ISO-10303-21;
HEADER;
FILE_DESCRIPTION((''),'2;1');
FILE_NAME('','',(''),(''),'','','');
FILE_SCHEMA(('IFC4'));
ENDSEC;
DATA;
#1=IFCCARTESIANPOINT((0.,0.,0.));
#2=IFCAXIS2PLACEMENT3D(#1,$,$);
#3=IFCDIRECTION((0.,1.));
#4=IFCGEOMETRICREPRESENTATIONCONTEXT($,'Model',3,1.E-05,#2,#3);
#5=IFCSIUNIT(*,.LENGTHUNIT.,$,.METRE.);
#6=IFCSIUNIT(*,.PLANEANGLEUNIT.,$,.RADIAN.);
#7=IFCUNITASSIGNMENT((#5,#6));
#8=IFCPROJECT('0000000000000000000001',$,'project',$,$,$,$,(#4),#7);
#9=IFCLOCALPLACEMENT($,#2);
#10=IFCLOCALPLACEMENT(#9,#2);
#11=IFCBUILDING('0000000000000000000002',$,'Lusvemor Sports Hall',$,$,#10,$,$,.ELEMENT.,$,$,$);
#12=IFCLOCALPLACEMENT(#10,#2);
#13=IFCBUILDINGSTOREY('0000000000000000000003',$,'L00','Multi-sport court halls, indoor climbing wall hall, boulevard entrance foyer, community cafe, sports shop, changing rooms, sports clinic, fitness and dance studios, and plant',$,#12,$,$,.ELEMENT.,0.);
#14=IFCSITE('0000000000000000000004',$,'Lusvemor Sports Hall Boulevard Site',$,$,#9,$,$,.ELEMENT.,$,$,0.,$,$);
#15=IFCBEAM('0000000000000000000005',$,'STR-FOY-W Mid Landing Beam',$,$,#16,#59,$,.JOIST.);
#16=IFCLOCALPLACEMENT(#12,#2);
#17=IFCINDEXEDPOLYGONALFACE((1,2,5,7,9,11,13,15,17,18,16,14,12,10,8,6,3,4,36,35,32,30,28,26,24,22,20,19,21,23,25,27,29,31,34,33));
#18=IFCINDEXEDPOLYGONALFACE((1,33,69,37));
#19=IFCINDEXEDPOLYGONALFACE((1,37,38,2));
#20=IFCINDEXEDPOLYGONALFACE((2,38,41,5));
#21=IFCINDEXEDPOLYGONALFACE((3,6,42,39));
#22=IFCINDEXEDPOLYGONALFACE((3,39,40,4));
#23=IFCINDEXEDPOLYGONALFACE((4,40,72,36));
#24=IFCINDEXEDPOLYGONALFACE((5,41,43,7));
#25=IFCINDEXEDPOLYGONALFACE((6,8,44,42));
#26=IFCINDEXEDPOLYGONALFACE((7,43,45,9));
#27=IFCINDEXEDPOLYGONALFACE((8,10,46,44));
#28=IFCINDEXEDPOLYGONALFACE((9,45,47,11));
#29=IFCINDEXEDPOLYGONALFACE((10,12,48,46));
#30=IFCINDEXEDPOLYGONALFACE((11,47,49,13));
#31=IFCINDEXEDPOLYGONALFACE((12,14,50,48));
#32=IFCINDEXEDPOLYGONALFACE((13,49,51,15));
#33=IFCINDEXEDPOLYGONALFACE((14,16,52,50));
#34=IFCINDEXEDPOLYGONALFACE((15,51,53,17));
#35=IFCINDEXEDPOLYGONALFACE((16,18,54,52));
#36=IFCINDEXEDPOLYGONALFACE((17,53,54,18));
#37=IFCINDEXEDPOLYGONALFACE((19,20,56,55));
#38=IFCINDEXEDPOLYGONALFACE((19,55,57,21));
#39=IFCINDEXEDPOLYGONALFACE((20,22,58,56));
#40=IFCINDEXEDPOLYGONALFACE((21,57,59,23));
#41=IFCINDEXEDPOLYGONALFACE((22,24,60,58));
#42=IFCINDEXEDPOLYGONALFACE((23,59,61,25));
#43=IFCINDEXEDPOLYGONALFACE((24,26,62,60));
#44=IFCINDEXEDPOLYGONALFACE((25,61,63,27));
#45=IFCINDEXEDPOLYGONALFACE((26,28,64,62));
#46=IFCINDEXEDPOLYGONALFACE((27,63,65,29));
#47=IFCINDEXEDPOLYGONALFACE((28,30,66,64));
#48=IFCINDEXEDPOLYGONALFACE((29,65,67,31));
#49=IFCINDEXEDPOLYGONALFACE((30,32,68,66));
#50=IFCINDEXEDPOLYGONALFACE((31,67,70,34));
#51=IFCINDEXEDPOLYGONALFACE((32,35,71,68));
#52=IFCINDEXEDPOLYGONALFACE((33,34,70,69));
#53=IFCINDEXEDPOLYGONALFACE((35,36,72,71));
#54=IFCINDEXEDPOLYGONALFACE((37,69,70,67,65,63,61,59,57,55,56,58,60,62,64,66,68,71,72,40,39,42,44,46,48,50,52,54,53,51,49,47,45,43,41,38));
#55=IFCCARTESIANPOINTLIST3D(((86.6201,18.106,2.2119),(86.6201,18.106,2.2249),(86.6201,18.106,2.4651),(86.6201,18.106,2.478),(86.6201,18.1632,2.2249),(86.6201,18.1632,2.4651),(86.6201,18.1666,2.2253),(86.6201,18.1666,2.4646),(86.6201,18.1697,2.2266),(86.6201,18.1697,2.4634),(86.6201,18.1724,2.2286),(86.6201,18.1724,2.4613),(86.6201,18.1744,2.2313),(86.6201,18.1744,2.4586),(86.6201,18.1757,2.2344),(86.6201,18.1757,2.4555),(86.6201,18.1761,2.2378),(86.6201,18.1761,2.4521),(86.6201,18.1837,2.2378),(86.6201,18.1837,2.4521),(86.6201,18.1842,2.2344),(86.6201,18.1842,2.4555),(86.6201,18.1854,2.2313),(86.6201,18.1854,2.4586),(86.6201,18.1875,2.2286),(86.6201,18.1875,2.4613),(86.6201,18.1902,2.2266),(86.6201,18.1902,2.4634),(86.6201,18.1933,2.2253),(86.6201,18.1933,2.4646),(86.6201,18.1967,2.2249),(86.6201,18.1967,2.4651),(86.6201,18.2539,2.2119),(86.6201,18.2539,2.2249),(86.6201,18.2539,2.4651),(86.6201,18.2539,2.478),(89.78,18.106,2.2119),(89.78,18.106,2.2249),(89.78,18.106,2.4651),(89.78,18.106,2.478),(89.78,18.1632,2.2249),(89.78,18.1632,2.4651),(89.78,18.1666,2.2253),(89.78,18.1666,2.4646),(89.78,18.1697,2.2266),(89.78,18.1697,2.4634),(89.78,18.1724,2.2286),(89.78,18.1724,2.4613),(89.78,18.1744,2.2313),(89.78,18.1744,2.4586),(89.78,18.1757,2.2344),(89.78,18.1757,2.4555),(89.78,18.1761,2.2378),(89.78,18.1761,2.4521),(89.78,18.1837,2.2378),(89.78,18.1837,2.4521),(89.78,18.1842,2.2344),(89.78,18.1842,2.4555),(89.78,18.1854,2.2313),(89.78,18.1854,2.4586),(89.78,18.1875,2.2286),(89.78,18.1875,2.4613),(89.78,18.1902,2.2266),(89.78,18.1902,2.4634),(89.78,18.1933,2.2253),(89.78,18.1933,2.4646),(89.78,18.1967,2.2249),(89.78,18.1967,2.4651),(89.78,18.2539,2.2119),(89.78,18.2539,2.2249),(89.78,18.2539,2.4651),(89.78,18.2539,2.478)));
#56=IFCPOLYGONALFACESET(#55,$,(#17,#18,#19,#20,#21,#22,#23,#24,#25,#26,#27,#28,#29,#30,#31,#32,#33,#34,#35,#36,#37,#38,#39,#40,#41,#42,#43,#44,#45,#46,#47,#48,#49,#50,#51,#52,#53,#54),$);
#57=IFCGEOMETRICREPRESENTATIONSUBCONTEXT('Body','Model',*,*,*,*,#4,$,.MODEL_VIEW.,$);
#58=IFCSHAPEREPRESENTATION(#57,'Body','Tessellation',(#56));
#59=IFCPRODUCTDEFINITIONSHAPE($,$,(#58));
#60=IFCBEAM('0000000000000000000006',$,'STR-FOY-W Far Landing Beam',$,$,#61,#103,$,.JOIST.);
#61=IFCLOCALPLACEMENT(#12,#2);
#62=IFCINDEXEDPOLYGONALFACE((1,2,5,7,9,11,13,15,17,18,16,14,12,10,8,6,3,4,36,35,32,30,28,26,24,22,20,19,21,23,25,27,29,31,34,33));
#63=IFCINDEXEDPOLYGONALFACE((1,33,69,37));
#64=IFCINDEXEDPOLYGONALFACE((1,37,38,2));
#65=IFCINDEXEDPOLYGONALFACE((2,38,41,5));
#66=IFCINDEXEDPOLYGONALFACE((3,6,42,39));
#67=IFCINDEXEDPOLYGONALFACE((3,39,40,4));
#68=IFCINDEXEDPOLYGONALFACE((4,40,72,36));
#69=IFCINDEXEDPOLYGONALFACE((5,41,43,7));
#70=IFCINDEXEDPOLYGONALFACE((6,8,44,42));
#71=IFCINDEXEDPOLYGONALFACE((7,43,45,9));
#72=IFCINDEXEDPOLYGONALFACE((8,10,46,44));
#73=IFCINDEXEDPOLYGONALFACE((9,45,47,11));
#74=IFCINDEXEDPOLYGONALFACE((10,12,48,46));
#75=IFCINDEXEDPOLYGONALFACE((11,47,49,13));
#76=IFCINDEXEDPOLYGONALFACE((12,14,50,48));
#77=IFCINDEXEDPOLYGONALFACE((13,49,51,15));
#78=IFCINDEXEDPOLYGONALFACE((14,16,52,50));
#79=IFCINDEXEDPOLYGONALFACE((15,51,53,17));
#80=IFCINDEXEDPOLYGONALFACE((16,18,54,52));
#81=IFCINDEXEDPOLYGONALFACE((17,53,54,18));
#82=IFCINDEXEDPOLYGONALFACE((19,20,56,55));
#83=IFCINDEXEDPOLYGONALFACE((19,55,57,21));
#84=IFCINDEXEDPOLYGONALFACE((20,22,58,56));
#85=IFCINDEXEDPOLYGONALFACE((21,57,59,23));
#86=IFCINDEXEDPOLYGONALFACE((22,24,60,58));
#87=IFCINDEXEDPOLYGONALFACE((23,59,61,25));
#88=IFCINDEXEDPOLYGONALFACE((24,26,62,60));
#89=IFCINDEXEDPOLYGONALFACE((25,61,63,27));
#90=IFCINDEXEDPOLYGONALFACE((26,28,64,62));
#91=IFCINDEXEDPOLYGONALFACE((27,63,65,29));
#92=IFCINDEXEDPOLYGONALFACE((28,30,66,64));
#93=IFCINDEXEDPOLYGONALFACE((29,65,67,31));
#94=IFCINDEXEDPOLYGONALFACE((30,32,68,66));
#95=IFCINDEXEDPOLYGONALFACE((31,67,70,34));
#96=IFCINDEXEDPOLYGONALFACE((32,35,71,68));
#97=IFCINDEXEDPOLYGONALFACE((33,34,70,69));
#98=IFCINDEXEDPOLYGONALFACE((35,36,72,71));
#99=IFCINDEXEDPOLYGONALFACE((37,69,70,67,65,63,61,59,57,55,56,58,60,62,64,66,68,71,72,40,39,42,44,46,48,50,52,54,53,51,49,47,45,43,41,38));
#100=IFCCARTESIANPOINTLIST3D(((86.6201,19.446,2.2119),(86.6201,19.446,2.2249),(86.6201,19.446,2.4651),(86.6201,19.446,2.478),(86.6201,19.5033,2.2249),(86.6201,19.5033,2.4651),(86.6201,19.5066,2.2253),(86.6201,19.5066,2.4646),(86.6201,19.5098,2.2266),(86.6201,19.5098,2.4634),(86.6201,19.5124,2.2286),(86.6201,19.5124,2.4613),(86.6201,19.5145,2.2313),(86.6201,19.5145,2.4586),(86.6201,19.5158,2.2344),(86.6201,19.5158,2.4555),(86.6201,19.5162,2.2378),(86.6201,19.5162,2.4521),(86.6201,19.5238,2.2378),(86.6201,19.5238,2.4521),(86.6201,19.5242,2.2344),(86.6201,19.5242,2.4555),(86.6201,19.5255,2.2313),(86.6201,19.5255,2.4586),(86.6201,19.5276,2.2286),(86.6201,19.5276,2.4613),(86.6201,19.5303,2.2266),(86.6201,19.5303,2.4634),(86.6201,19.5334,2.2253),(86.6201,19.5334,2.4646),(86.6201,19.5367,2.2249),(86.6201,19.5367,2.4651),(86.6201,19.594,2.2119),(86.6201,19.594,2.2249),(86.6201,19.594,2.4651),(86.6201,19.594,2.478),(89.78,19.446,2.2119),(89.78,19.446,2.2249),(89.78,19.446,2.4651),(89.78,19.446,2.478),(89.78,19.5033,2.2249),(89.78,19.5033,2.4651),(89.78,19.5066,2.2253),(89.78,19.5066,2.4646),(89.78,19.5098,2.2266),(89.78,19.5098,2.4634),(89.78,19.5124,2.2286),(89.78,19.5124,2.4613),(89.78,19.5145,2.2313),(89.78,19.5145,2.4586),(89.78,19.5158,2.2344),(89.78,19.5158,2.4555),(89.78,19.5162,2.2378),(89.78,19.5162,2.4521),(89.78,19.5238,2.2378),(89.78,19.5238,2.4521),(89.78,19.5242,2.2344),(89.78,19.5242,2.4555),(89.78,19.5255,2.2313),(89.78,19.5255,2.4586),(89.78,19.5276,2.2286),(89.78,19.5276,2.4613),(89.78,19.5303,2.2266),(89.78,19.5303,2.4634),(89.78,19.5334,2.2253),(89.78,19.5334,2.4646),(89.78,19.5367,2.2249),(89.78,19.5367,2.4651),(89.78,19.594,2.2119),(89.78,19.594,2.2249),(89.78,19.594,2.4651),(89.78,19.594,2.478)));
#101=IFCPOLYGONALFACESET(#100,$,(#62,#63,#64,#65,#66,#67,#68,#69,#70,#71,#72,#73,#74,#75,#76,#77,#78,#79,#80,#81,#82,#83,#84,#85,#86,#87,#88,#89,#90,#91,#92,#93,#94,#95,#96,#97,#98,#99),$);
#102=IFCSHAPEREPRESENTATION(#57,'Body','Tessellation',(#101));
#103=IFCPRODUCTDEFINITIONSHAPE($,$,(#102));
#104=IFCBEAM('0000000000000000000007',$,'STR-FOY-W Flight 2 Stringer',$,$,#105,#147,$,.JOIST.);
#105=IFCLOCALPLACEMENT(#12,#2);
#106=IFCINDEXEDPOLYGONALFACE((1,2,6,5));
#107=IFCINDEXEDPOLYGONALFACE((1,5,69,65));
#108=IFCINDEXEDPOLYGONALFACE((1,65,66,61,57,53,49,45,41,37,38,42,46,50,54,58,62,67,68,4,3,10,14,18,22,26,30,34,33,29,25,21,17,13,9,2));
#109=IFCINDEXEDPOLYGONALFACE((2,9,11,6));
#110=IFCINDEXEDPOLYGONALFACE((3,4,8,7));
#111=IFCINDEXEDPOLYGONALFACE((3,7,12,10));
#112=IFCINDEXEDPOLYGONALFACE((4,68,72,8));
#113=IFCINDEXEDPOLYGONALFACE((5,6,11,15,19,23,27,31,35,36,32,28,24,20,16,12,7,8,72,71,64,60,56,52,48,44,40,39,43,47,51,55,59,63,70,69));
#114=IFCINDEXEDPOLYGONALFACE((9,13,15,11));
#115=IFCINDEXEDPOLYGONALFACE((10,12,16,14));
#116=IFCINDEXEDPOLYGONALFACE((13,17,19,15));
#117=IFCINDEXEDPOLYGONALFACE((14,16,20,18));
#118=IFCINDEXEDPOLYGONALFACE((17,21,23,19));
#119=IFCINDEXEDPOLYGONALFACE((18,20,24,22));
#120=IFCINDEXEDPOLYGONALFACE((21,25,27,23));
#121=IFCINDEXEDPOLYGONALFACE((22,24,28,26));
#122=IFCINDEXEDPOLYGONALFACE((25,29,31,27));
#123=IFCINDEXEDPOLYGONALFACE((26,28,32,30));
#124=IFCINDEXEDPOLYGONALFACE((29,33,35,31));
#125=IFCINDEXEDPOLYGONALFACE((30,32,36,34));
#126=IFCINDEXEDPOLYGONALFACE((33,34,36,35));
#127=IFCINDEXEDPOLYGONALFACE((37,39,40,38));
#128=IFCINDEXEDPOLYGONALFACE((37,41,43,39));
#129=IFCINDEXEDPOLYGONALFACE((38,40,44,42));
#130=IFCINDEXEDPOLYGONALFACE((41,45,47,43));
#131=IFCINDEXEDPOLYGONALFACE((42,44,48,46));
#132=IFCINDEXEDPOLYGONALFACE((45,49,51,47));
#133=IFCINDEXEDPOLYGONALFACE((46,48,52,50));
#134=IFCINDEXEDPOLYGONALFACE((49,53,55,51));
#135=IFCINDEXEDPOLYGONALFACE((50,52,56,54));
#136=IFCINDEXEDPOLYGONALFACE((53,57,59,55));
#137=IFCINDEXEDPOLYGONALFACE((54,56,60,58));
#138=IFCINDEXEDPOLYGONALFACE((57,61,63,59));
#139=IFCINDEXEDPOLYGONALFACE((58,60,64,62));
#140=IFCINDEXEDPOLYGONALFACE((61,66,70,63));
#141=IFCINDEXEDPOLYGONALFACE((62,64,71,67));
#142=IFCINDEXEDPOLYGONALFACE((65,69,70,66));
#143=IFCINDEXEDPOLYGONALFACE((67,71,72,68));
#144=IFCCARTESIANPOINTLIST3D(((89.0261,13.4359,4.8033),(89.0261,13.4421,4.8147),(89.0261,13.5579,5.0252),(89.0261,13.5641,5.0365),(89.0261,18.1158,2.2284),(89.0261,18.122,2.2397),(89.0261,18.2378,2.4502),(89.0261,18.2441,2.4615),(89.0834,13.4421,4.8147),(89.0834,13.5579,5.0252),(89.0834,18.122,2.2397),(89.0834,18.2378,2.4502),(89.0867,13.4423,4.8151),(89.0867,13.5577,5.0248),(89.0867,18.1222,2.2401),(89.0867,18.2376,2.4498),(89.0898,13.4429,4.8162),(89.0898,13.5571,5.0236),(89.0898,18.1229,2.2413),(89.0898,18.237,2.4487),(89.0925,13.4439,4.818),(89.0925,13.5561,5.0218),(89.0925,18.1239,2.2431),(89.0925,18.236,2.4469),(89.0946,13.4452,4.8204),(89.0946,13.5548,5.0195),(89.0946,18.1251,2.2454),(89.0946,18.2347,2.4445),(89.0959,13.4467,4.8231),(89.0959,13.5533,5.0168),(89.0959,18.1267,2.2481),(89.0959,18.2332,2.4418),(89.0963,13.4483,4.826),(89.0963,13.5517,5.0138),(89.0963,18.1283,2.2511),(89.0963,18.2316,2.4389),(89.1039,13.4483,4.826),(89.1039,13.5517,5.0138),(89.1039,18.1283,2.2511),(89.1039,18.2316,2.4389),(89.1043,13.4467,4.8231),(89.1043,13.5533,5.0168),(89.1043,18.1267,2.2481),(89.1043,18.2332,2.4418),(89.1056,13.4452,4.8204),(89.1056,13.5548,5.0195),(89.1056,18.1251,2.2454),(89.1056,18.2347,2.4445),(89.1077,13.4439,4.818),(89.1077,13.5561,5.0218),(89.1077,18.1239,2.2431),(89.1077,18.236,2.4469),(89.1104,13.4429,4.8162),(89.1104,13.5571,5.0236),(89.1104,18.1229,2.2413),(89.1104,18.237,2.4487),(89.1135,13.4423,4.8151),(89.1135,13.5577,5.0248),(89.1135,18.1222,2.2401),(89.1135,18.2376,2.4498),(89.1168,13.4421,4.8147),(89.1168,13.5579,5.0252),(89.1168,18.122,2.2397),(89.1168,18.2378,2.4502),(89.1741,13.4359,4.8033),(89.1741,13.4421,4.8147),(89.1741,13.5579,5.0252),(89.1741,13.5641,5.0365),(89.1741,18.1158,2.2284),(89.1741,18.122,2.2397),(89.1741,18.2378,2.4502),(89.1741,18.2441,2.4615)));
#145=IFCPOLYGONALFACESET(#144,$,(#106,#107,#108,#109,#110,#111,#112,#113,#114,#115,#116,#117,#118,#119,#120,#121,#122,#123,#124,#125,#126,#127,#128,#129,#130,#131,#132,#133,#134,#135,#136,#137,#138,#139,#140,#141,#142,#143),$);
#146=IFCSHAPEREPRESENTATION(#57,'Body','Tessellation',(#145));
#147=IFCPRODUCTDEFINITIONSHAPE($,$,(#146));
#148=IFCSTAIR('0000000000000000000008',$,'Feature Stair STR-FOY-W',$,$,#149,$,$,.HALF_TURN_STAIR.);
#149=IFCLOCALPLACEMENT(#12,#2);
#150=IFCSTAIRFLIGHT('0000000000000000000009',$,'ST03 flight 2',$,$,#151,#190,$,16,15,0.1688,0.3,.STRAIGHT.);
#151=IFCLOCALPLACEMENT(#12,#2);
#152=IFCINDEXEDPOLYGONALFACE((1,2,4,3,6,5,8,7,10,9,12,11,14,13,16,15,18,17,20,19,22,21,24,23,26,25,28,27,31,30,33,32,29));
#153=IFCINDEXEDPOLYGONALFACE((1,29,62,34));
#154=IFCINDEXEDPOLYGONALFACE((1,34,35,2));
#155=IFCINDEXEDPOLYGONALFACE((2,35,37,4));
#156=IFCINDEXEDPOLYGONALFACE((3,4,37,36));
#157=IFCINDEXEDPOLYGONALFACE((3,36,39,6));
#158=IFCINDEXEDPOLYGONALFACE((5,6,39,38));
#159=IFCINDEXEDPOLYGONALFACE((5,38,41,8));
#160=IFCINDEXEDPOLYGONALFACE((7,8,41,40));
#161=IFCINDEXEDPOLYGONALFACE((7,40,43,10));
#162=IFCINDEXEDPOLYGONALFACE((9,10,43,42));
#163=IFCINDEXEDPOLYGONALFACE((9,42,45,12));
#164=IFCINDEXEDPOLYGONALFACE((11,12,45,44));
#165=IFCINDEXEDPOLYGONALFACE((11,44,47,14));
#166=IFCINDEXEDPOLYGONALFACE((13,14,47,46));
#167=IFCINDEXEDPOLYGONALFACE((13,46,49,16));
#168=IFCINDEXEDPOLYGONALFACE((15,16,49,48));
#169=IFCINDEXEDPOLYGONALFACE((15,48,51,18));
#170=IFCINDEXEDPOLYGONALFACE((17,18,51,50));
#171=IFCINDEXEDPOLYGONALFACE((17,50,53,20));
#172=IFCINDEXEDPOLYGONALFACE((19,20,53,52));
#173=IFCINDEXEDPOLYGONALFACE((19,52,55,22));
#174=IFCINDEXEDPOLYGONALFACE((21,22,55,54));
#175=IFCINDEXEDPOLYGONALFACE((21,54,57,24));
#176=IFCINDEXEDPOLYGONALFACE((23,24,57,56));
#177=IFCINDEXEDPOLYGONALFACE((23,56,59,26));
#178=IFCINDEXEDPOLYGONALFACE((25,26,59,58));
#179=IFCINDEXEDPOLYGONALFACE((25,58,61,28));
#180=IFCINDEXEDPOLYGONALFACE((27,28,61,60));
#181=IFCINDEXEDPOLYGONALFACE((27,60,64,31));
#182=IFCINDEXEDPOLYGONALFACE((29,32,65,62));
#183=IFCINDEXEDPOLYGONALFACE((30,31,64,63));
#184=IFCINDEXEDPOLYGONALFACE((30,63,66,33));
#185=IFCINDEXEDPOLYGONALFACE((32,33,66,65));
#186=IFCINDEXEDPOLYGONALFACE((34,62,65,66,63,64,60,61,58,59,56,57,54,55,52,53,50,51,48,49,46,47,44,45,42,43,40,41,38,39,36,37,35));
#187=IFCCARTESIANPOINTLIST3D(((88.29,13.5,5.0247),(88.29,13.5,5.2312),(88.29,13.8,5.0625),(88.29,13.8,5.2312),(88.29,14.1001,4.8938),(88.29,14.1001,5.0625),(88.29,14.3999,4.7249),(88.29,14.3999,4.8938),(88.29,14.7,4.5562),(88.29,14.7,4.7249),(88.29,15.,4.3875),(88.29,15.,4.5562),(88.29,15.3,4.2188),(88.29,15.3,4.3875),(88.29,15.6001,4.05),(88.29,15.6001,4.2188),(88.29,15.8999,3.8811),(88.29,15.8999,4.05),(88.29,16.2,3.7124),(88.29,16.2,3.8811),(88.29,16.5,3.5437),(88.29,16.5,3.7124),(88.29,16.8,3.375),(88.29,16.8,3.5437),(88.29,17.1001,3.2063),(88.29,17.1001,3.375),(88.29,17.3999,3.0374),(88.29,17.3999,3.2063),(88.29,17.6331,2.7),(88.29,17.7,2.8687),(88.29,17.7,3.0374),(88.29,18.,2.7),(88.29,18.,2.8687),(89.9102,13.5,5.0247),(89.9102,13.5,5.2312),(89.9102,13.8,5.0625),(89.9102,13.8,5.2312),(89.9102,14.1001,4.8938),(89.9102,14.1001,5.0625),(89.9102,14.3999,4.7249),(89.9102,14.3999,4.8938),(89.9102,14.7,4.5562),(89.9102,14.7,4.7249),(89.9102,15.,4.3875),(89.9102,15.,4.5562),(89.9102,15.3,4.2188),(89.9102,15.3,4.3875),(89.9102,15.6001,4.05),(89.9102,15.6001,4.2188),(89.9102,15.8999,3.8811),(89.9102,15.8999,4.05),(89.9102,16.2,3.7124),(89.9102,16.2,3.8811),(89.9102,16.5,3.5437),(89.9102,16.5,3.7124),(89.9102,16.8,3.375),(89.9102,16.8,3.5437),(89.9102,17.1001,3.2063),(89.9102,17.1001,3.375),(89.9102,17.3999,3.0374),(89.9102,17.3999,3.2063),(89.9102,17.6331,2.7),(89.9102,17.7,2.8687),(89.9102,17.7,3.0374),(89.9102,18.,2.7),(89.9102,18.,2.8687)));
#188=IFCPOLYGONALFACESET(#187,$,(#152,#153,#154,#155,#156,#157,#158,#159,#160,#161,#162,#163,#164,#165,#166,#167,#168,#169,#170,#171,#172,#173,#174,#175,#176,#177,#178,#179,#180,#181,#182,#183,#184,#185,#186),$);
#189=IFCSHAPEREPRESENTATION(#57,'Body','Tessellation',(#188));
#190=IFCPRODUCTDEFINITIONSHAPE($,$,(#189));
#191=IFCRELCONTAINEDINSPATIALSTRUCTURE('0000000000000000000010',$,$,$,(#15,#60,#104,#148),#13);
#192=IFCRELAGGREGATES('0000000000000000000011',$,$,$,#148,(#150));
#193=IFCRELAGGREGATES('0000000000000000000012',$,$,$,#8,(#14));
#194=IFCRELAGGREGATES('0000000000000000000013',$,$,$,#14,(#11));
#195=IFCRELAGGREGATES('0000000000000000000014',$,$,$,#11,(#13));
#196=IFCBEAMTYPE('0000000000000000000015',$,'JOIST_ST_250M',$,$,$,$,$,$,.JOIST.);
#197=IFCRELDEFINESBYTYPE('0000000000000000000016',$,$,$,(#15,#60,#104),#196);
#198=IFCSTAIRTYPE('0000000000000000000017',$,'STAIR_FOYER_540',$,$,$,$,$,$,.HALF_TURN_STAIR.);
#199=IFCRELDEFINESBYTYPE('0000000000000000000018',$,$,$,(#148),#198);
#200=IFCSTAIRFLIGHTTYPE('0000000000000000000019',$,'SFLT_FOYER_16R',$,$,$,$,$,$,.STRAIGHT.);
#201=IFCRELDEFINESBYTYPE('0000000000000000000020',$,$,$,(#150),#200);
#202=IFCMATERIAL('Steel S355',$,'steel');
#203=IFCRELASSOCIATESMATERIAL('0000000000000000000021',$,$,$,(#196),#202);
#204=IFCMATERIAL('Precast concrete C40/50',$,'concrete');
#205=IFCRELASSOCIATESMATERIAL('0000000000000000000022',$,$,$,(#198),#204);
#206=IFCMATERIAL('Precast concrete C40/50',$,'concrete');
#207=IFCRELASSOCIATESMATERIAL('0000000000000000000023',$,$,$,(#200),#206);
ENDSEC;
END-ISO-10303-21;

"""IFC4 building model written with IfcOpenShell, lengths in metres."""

from ifc_helpers import new_model, si_unit, direction, frame, origin, origin_2d, place, context, subcontext, project, spatial, polyline, i_section, outline, extrude, material, material_profile, profile_set, type_object, element, aggregate, save


model = new_model("IFC4")

# Units and contexts
model_context = context("Model", 3, precision=1e-05, world=origin(), true_north=direction((0.0, 1.0)))
body_context = subcontext(model_context, "Body", "Model", "MODEL_VIEW")
ifc_project = project(units=[si_unit("LENGTHUNIT", "METRE"), si_unit("PLANEANGLEUNIT", "RADIAN")], contexts=[model_context])

# Site, building, storey
site_placement = place(None, origin())
site = spatial("IfcSite", under=ifc_project, at=site_placement, Name="Lusvemor Sports Hall Boulevard Site", CompositionType="ELEMENT", RefElevation=0.0)
building_placement = place(site_placement, origin())
building = spatial("IfcBuilding", under=site, at=building_placement, Name="Lusvemor Sports Hall", CompositionType="ELEMENT")
storey_placement = place(building_placement, origin())
storey = spatial("IfcBuildingStorey", under=building, at=storey_placement, Name="L00", Description="Multi-sport court halls, indoor climbing wall hall, boulevard entrance foyer, community cafe, sports shop, changing rooms, sports clinic, fitness and dance studios, and plant", CompositionType="ELEMENT", Elevation=0.0)

# Beams
ifc_material_1 = material(Name="Steel S355", Category="steel")
ifc_material_profile_1 = material_profile(ifc_material_1, i_section(OverallWidth=0.1479, OverallDepth=0.2661, WebThickness=0.0076, FlangeThickness=0.0129, FilletRadius=0.0129, at=origin_2d()), Name="W250x44.8")
ifc_profile_set_1 = profile_set([ifc_material_profile_1], Name="Steel S355")
beam_type = type_object("IfcBeamType", Name="JOIST_ST_250M", PredefinedType="JOIST", material=ifc_profile_set_1)
for number, where, z_axis, x_axis, name in (
    (1, (86.6201, 18.1799, 2.345), (1.0, 0.0, 0.0), (0.0, 1.0, 0.0), "STR-FOY-W Mid Landing Beam"),
    (2, (86.6201, 19.52, 2.345), (1.0, 0.0, 0.0), (0.0, 1.0, 0.0), "STR-FOY-W Far Landing Beam"),
):
    element("IfcBeam", number, at=place(storey_placement, frame(where, z_axis=z_axis, x_axis=x_axis)), inside=storey, type_object=beam_type, Name=name, PredefinedType="JOIST", context=body_context, shape_type="SweptSolid", body=[
        extrude(i_section(OverallWidth=0.1479, OverallDepth=0.2661, WebThickness=0.0076, FlangeThickness=0.0129, FilletRadius=0.0129, at=origin_2d()), origin(), (0.0, 0.0, 1.0), 3.1599),
    ])
beam_placement = place(storey_placement, frame((89.1001, 18.1799, 2.345), z_axis=(0.0, -0.876138, 0.482061), x_axis=(1.0, 0.0, 0.0)))
element("IfcBeam", 3, at=beam_placement, inside=storey, type_object=beam_type, Name="STR-FOY-W Flight 2 Stringer", PredefinedType="JOIST", context=body_context, shape_type="SweptSolid", body=[
    extrude(i_section(OverallWidth=0.1479, OverallDepth=0.2661, WebThickness=0.0076, FlangeThickness=0.0129, FilletRadius=0.0129, at=origin_2d()), origin(), (0.0, 0.0, 1.0), 5.3416),
])

# Stair, stair flight
ifc_material_2 = material(Name="Precast concrete C40/50", Category="concrete")
stair_type = type_object("IfcStairType", Name="STAIR_FOYER_540", PredefinedType="HALF_TURN_STAIR", material=ifc_material_2)
stair_placement = place(storey_placement, origin())
stair = element("IfcStair", 4, at=stair_placement, inside=storey, type_object=stair_type, Name="Feature Stair STR-FOY-W", PredefinedType="HALF_TURN_STAIR")
ifc_material_3 = material(Name="Precast concrete C40/50", Category="concrete")
stair_flight_type = type_object("IfcStairFlightType", Name="SFLT_FOYER_16R", PredefinedType="STRAIGHT", material=ifc_material_3)
stair_flight_placement = place(storey_placement, frame((89.1001, 18.0, 2.7), z_axis=(0.0, 0.0, 1.0), x_axis=(0.0, -1.0, 0.0)))
stair_flight = element("IfcStairFlight", 5, at=stair_flight_placement, type_object=stair_flight_type, Name="ST03 flight 2", NumberOfRisers=16, NumberOfTreads=15, PredefinedType="STRAIGHT", RiserHeight=0.1688, TreadLength=0.3, context=body_context, shape_type="SweptSolid", body=[
    extrude(outline(polyline([(0.0, 0.0), (0.0, 0.1687), (0.3, 0.1687), (0.3, 0.3374), (0.6001, 0.3374), (0.6001, 0.5063), (0.8999, 0.5063), (0.8999, 0.675), (1.2, 0.675), (1.2, 0.8438), (1.5, 0.8438), (1.5, 1.0125), (1.8, 1.0125), (1.8, 1.1812), (2.1001, 1.1812), (2.1001, 1.3501), (2.3999, 1.3501), (2.3999, 1.5188), (2.7, 1.5188), (2.7, 1.6875), (3.0, 1.6875), (3.0, 1.8562), (3.3, 1.8562), (3.3, 2.0249), (3.6001, 2.0249), (3.6001, 2.1938), (3.8999, 2.1938), (3.8999, 2.3625), (4.2, 2.3625), (4.2, 2.5312), (4.5, 2.5312), (4.5, 2.7), (4.5, 2.3247), (0.3669, 0.0), (0.0, 0.0)])), frame((0.0, 0.8101, 0.0), z_axis=(0.0, -1.0, 0.0), x_axis=(1.0, 0.0, 0.0)), (0.0, 0.0, 1.0), 1.6201),
])
aggregate(stair, [stair_flight])

save(model, "model.ifc")
